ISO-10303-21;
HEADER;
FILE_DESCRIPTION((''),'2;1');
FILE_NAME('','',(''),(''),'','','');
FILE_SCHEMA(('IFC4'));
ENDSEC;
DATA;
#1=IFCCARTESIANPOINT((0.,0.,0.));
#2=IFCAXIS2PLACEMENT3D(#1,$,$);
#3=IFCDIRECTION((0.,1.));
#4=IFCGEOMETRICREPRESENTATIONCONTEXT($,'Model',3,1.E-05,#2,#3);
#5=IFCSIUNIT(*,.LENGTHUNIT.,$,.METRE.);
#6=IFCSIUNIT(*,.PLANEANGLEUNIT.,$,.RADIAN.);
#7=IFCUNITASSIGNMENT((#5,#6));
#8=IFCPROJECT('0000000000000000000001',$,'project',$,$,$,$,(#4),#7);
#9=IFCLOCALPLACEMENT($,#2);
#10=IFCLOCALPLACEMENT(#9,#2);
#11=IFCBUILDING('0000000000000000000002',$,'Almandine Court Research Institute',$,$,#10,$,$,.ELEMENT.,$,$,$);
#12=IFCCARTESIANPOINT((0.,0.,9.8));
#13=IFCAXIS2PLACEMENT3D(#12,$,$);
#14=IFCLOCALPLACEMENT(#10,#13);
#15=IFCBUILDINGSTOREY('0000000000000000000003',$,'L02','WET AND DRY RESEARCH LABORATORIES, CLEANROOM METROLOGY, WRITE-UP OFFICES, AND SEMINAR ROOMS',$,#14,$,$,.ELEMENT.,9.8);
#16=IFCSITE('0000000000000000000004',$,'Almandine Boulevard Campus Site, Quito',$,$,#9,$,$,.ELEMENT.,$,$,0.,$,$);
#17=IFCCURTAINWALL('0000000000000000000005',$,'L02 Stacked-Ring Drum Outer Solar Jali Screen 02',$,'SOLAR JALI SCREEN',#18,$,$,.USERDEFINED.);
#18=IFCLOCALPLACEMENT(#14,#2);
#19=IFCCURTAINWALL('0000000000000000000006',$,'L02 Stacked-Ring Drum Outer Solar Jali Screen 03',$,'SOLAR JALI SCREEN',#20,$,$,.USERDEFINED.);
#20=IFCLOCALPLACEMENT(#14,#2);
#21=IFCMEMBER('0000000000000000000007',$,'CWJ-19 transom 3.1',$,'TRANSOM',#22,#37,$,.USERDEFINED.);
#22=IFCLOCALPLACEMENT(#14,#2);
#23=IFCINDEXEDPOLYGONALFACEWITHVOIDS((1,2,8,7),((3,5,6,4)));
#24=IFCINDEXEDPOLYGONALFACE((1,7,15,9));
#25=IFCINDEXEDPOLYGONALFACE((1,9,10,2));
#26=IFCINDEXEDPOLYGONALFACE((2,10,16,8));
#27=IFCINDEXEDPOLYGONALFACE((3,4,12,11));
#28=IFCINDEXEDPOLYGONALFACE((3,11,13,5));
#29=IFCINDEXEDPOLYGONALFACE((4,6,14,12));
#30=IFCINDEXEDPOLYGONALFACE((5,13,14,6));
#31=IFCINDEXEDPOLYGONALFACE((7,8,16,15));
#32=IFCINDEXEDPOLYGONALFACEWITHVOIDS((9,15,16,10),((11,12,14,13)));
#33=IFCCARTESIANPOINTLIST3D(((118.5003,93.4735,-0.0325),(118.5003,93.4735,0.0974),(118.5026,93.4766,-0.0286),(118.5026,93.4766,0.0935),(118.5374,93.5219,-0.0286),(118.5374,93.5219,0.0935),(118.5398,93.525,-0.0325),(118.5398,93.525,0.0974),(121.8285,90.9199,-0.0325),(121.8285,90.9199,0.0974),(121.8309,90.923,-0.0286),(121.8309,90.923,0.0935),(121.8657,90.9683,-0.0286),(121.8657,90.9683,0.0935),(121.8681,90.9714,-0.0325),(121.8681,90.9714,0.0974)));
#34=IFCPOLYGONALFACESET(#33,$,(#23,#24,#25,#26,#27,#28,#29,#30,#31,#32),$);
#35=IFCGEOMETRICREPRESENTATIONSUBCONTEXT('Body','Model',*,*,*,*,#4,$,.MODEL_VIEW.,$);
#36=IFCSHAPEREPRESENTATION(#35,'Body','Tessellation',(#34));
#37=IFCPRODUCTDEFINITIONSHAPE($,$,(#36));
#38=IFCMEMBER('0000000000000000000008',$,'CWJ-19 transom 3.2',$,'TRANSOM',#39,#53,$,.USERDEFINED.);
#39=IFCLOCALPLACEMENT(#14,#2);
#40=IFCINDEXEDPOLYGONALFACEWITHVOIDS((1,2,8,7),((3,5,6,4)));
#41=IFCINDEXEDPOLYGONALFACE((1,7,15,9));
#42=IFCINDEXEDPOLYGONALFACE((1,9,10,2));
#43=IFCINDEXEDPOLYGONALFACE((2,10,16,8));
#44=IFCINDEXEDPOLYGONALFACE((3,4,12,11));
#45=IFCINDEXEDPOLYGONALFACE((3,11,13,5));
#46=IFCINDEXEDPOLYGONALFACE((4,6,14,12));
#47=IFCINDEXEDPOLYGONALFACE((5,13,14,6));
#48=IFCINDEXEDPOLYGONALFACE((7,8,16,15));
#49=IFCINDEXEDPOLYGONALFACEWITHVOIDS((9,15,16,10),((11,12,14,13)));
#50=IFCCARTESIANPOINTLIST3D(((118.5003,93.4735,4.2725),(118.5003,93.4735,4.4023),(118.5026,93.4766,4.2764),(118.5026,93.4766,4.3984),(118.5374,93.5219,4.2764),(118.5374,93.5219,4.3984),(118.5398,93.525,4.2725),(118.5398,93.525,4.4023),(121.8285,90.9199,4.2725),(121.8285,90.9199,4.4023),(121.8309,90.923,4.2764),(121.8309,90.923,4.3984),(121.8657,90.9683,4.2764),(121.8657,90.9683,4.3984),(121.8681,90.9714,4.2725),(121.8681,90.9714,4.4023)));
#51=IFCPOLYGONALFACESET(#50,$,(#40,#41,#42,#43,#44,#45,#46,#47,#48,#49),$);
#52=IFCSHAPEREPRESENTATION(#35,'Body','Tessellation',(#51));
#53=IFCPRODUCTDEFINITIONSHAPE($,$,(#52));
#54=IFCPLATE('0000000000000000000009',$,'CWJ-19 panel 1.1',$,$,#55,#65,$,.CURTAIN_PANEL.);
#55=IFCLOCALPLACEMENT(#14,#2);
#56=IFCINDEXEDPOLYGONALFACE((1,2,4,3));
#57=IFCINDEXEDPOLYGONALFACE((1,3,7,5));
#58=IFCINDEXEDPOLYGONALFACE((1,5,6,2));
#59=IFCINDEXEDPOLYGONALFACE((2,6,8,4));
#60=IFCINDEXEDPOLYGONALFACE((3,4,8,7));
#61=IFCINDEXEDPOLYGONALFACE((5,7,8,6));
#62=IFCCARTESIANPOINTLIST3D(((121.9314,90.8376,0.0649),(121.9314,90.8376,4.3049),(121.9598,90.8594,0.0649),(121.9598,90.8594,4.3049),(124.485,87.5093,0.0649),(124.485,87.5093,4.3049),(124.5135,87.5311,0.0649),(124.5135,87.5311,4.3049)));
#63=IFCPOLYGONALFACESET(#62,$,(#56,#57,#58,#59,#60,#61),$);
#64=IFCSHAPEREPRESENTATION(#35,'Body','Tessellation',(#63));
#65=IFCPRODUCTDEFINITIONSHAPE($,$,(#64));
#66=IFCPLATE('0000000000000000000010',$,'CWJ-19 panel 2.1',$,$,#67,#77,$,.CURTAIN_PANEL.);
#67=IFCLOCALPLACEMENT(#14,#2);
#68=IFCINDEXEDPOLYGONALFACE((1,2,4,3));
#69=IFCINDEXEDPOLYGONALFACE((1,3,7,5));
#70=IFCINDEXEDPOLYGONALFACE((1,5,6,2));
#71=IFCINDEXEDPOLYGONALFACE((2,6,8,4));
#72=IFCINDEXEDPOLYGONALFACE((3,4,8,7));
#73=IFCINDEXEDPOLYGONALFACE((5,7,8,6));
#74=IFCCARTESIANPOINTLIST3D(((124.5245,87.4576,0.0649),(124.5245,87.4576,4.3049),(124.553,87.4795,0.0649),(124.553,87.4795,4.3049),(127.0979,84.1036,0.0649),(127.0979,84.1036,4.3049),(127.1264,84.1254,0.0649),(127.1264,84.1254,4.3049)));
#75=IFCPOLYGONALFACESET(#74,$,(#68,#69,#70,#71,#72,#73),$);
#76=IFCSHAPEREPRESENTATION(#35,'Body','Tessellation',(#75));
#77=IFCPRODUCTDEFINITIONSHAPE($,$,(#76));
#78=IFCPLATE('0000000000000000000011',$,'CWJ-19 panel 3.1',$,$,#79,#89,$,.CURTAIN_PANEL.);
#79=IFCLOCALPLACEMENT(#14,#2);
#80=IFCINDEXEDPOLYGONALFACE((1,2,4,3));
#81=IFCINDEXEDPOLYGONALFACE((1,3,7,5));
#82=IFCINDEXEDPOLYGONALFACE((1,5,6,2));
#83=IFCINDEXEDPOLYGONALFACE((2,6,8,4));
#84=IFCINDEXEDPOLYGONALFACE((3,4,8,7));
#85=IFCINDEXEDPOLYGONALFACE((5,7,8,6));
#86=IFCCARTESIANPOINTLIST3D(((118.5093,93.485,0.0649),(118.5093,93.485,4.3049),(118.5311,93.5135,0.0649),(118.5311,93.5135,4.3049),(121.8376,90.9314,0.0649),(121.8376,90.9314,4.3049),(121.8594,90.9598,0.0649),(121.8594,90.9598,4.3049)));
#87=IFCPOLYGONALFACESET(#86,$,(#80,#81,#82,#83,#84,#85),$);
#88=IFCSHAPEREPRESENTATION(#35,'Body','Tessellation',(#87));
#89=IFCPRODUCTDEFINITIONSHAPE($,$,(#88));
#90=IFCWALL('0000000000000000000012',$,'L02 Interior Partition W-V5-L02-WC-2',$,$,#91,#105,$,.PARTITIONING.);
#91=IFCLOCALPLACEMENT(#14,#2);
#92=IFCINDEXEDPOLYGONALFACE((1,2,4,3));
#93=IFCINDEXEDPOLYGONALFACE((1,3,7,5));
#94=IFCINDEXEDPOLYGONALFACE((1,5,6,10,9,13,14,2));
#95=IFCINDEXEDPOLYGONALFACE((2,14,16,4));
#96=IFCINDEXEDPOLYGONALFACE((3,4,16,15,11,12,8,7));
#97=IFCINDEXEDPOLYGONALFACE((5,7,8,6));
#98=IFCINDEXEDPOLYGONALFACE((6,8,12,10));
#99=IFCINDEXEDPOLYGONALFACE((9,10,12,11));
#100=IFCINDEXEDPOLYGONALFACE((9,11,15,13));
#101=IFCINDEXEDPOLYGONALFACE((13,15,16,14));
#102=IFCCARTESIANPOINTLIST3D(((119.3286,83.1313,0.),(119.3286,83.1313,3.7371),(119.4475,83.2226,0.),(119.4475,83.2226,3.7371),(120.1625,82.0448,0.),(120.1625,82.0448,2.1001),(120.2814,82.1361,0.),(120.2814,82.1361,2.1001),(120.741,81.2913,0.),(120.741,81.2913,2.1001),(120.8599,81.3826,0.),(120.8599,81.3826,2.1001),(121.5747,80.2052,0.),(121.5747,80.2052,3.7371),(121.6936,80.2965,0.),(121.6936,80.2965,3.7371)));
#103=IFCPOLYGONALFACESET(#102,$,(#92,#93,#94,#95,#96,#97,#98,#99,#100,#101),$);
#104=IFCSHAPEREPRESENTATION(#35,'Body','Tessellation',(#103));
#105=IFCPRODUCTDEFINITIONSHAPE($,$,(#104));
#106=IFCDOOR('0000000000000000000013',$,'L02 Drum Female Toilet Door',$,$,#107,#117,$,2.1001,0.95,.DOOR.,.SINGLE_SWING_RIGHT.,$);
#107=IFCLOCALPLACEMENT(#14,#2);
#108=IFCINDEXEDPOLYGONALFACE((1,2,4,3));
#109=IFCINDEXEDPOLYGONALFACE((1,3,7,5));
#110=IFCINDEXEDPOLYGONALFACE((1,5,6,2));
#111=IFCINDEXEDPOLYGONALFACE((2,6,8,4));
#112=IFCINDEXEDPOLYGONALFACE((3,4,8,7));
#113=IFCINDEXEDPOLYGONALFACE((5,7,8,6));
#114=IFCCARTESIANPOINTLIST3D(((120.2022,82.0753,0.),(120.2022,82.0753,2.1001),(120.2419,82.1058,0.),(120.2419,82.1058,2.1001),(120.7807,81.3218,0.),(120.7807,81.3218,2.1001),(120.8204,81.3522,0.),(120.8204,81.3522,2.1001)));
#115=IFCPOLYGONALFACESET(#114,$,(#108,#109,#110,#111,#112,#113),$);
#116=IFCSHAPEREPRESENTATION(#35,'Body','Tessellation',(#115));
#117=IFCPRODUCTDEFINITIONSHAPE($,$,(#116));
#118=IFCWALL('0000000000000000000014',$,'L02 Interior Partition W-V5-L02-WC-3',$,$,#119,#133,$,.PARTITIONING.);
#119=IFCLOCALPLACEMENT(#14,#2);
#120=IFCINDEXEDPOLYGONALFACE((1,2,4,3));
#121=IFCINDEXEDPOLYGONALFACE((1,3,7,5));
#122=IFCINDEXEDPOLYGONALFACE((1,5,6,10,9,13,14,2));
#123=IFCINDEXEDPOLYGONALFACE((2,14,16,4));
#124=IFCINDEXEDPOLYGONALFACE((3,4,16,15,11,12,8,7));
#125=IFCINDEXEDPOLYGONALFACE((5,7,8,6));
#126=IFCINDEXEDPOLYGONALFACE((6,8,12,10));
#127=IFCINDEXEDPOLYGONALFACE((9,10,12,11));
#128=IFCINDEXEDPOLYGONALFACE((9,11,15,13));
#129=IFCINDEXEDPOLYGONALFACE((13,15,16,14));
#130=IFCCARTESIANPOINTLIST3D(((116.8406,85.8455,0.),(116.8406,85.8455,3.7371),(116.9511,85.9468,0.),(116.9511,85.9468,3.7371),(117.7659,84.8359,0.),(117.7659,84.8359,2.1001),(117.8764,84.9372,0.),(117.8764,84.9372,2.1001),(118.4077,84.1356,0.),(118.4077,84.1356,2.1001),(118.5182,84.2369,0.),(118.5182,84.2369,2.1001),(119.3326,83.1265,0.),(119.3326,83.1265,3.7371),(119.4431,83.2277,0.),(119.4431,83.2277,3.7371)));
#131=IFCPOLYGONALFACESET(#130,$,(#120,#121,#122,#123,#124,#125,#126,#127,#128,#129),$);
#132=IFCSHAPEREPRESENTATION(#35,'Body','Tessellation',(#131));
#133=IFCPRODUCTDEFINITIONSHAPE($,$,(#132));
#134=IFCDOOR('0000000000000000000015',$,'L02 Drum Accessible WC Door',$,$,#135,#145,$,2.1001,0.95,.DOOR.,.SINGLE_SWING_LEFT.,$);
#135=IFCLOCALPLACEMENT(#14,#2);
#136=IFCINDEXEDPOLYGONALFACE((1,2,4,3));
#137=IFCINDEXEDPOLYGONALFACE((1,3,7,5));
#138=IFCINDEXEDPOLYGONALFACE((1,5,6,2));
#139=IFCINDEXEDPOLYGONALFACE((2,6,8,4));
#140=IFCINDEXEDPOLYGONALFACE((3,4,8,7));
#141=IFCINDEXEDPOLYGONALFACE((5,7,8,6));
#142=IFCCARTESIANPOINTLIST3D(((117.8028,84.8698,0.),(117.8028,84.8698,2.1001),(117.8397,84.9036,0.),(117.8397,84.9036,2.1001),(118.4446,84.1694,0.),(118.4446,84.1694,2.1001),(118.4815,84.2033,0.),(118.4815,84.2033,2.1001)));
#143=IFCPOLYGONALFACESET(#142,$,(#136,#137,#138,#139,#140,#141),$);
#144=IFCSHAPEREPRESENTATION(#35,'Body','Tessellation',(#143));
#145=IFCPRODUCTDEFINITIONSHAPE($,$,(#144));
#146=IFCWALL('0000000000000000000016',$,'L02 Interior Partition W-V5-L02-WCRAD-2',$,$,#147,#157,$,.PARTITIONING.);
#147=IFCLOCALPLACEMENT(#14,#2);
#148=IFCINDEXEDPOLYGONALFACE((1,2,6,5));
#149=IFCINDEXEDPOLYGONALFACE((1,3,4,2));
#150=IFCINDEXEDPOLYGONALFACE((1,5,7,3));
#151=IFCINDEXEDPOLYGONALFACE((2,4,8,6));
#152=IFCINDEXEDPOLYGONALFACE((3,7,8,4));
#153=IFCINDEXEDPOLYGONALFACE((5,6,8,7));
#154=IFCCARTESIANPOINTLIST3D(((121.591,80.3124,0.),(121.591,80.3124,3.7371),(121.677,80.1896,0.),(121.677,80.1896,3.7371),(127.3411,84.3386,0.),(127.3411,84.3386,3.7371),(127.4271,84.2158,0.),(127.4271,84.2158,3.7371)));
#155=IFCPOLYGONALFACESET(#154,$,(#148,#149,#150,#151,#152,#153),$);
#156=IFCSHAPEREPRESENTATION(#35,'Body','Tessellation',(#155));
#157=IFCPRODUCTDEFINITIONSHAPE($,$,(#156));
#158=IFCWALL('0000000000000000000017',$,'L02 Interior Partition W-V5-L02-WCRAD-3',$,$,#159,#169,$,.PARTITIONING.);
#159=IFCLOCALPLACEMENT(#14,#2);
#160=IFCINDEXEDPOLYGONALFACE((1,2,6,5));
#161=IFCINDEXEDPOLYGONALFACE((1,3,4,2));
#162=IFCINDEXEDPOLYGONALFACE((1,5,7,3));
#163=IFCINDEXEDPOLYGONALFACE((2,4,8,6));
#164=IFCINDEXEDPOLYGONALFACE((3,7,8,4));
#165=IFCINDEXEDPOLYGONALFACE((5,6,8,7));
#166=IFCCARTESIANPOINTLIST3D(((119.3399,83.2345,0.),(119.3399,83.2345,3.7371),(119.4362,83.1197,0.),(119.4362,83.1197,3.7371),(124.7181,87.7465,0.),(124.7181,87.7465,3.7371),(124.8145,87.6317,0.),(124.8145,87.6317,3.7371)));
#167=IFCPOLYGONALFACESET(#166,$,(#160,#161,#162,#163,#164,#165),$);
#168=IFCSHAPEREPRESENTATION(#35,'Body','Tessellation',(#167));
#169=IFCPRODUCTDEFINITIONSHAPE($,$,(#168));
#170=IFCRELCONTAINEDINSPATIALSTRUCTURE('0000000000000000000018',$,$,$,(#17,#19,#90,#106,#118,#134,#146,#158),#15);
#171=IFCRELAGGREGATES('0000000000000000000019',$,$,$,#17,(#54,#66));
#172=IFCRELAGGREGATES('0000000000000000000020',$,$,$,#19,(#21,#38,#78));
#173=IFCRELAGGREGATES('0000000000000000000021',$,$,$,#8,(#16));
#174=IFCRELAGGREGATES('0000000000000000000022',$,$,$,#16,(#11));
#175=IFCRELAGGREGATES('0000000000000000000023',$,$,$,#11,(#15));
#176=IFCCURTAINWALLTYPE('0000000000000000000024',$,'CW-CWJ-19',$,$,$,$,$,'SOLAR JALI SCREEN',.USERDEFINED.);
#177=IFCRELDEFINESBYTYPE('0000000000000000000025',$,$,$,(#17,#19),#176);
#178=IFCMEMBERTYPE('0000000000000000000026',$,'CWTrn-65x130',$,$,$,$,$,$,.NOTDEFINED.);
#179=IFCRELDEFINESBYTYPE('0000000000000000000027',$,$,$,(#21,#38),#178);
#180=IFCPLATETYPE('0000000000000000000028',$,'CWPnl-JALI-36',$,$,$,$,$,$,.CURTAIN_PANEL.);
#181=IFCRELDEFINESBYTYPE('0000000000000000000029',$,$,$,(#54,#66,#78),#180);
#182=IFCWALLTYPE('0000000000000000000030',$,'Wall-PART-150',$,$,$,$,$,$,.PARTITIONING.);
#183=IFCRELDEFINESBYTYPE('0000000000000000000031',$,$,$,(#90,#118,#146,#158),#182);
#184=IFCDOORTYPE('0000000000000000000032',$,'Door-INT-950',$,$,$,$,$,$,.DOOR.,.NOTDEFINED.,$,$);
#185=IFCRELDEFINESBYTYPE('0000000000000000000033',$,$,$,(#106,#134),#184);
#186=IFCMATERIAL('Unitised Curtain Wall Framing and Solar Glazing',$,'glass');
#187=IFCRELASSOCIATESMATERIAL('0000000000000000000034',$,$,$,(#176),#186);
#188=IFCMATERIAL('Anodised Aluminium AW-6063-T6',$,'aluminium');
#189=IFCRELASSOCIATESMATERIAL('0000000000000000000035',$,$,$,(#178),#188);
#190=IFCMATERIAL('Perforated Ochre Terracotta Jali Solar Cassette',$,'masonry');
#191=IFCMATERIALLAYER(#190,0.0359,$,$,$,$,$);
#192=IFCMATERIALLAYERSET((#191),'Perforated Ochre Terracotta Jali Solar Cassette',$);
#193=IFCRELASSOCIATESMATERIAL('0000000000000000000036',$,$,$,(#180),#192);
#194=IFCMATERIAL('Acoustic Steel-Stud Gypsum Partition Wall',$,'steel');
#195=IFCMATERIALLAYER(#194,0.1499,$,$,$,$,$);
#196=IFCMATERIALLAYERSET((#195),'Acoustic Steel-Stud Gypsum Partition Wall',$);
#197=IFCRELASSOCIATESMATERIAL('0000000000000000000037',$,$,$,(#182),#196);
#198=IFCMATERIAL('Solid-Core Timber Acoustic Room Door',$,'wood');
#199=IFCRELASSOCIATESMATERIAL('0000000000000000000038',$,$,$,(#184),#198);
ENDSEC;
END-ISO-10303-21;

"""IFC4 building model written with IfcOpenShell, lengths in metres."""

from ifc_helpers import new_model, si_unit, direction, frame, frame_2d, origin, origin_2d, place, context, subcontext, project, spatial, rectangle, hollow_rectangle, extrude, material, layer, layer_set, material_profile, profile_set, type_object, element, fill, aggregate, save


model = new_model("IFC4")

# Units and contexts
model_context = context("Model", 3, precision=1e-05, world=origin(), true_north=direction((0.0, 1.0)))
body_context = subcontext(model_context, "Body", "Model", "MODEL_VIEW")
ifc_project = project(units=[si_unit("LENGTHUNIT", "METRE"), si_unit("PLANEANGLEUNIT", "RADIAN")], contexts=[model_context])

# Site, building, storey
site_placement = place(None, origin())
site = spatial("IfcSite", under=ifc_project, at=site_placement, Name="Almandine Boulevard Campus Site, Quito", CompositionType="ELEMENT", RefElevation=0.0)
building_placement = place(site_placement, origin())
building = spatial("IfcBuilding", under=site, at=building_placement, Name="Almandine Court Research Institute", CompositionType="ELEMENT")
storey_placement = place(building_placement, frame((0.0, 0.0, 9.8)))
storey = spatial("IfcBuildingStorey", under=building, at=storey_placement, Name="L02", Description="WET AND DRY RESEARCH LABORATORIES, CLEANROOM METROLOGY, WRITE-UP OFFICES, AND SEMINAR ROOMS", CompositionType="ELEMENT", Elevation=9.8)

# Curtain walls
ifc_material_1 = material(Name="Unitised Curtain Wall Framing and Solar Glazing", Category="glass")
curtain_wall_type = type_object("IfcCurtainWallType", Name="CW-CWJ-19", ElementType="SOLAR JALI SCREEN", PredefinedType="USERDEFINED", material=ifc_material_1)
curtain_wall_1_placement = place(storey_placement, origin())
curtain_wall_1 = element("IfcCurtainWall", 1, at=curtain_wall_1_placement, inside=storey, type_object=curtain_wall_type, Name="L02 Stacked-Ring Drum Outer Solar Jali Screen 02", ObjectType="SOLAR JALI SCREEN", PredefinedType="USERDEFINED")
ifc_material_2 = material(Name="Anodised Aluminium AW-6063-T6", Category="aluminium")
curtain_wall_2_placement = place(storey_placement, origin())
curtain_wall_2 = element("IfcCurtainWall", 2, at=curtain_wall_2_placement, inside=storey, type_object=curtain_wall_type, Name="L02 Stacked-Ring Drum Outer Solar Jali Screen 03", ObjectType="SOLAR JALI SCREEN", PredefinedType="USERDEFINED")

# Members
ifc_material_profile_1 = material_profile(ifc_material_2, hollow_rectangle(XDim=0.0649, YDim=0.1299, WallThickness=0.0039, at=origin_2d()), Name="ALU RHS 65x130x4")
ifc_profile_set_1 = profile_set([ifc_material_profile_1], Name="Anodised Aluminium AW-6063-T6")
member_type_1 = type_object("IfcMemberType", Name="CWTrn-65x130", PredefinedType="NOTDEFINED", material=ifc_profile_set_1)
member_1_placement = place(storey_placement, frame((118.52, 93.4993, 0.0325), z_axis=(0.793381, -0.608726, 0.0), x_axis=(0.608726, 0.793381, 0.0)))
member_1 = element("IfcMember", 3, at=member_1_placement, type_object=member_type_1, Name="CWJ-19 transom 3.1", ObjectType="TRANSOM", PredefinedType="USERDEFINED", context=body_context, shape_type="SweptSolid", body=[
    extrude(hollow_rectangle(XDim=0.0649, YDim=0.1299, WallThickness=0.0039, at=origin_2d()), origin(), (0.0, 0.0, 1.0), 4.1951),
])
member_2_placement = place(storey_placement, frame((118.52, 93.4993, 4.3374), z_axis=(0.793381, -0.608726, 0.0), x_axis=(0.608726, 0.793381, 0.0)))
member_2 = element("IfcMember", 4, at=member_2_placement, type_object=member_type_1, Name="CWJ-19 transom 3.2", ObjectType="TRANSOM", PredefinedType="USERDEFINED", context=body_context, shape_type="SweptSolid", body=[
    extrude(hollow_rectangle(XDim=0.0649, YDim=0.1299, WallThickness=0.0039, at=origin_2d()), origin(), (0.0, 0.0, 1.0), 4.1951),
])

# Plates
ifc_material_3 = material(Name="Perforated Ochre Terracotta Jali Solar Cassette", Category="masonry")
ifc_layer_1 = layer(ifc_material_3, 0.0359)
ifc_layer_set_1 = layer_set([ifc_layer_1], Name="Perforated Ochre Terracotta Jali Solar Cassette")
plate_type = type_object("IfcPlateType", Name="CWPnl-JALI-36", PredefinedType="CURTAIN_PANEL", material=ifc_layer_set_1)
plate_1_placement = place(storey_placement, frame((123.2224, 89.1843, 0.0649), z_axis=(0.0, 0.0, 1.0), x_axis=(0.608723, -0.793383, 0.0)))
plate_1 = element("IfcPlate", 5, at=plate_1_placement, type_object=plate_type, Name="CWJ-19 panel 1.1", PredefinedType="CURTAIN_PANEL", context=body_context, shape_type="SweptSolid", body=[
    extrude(rectangle(XDim=4.1951, YDim=0.0359, at=origin_2d()), origin(), (0.0, 0.0, 1.0), 4.24),
])
plate_2_placement = place(storey_placement, frame((125.8254, 85.7915, 0.0649), z_axis=(0.0, 0.0, 1.0), x_axis=(0.608723, -0.793383, 0.0)))
plate_2 = element("IfcPlate", 6, at=plate_2_placement, type_object=plate_type, Name="CWJ-19 panel 2.1", PredefinedType="CURTAIN_PANEL", context=body_context, shape_type="SweptSolid", body=[
    extrude(rectangle(XDim=4.2275, YDim=0.0359, at=origin_2d()), origin(), (0.0, 0.0, 1.0), 4.24),
])
aggregate(curtain_wall_1, [plate_1, plate_2])
plate_3_placement = place(storey_placement, frame((120.1843, 92.2224, 0.0649), z_axis=(0.0, 0.0, 1.0), x_axis=(0.793383, -0.608723, 0.0)))
plate_3 = element("IfcPlate", 7, at=plate_3_placement, type_object=plate_type, Name="CWJ-19 panel 3.1", PredefinedType="CURTAIN_PANEL", context=body_context, shape_type="SweptSolid", body=[
    extrude(rectangle(XDim=4.1951, YDim=0.0359, at=origin_2d()), origin(), (0.0, 0.0, 1.0), 4.24),
])
aggregate(curtain_wall_2, [member_1, member_2, plate_3])

# Walls, openings, doors
ifc_material_4 = material(Name="Acoustic Steel-Stud Gypsum Partition Wall", Category="steel")
ifc_layer_2 = layer(ifc_material_4, 0.1499)
ifc_layer_set_2 = layer_set([ifc_layer_2], Name="Acoustic Steel-Stud Gypsum Partition Wall")
wall_type = type_object("IfcWallType", Name="Wall-PART-150", PredefinedType="PARTITIONING", material=ifc_layer_set_2)
wall_1_placement = place(storey_placement, frame((121.634, 80.251, 0.0), z_axis=(0.0, 0.0, 1.0), x_axis=(-0.608911, 0.793239, 0.0)))
wall_1 = element("IfcWall", 8, at=wall_1_placement, inside=storey, type_object=wall_type, Name="L02 Interior Partition W-V5-L02-WC-2", PredefinedType="PARTITIONING", context=body_context, shape_type="SweptSolid", body=[
    extrude(rectangle(XDim=3.6887, YDim=0.1499, at=frame_2d((1.8442, 0.0))), origin(), (0.0, 0.0, 1.0), 3.7371),
])
opening_1_placement = place(wall_1_placement, frame((1.3689, 0.0, 0.0)))
opening_1 = element("IfcOpeningElement", 9, at=opening_1_placement, cuts=wall_1, PredefinedType="OPENING", context=body_context, shape_type="SweptSolid", body=[
    extrude(rectangle(XDim=0.95, YDim=2.1001, at=frame_2d((0.4751, 1.05))), frame((0.0, 0.085, 0.0), z_axis=(0.0, -1.0, 0.0), x_axis=(1.0, 0.0, 0.0)), (0.0, 0.0, 1.0), 0.1699),
])
ifc_material_5 = material(Name="Solid-Core Timber Acoustic Room Door", Category="wood")
door_type_1 = type_object("IfcDoorType", Name="Door-INT-950", OperationType="NOTDEFINED", PredefinedType="DOOR", material=ifc_material_5)
door_1_placement = place(opening_1_placement, origin())
door_1 = element("IfcDoor", 10, at=door_1_placement, inside=storey, type_object=door_type_1, Name="L02 Drum Female Toilet Door", OperationType="SINGLE_SWING_RIGHT", OverallHeight=2.1001, OverallWidth=0.95, PredefinedType="DOOR", context=body_context, shape_type="SweptSolid", body=[
    extrude(rectangle(XDim=0.95, YDim=2.1001, at=frame_2d((0.4751, 1.05))), frame((0.0, 0.0249, 0.0), z_axis=(0.0, -1.0, 0.0), x_axis=(1.0, 0.0, 0.0)), (0.0, 0.0, 1.0), 0.05),
])
fill(opening_1, door_1)
wall_2_placement = place(storey_placement, frame((119.3879, 83.177, 0.0), z_axis=(0.0, 0.0, 1.0), x_axis=(-0.675656, 0.737217, 0.0)))
wall_2 = element("IfcWall", 11, at=wall_2_placement, inside=storey, type_object=wall_type, Name="L02 Interior Partition W-V5-L02-WC-3", PredefinedType="PARTITIONING", context=body_context, shape_type="SweptSolid", body=[
    extrude(rectangle(XDim=3.6882, YDim=0.1499, at=frame_2d((1.8442, 0.0))), origin(), (0.0, 0.0, 1.0), 3.7371),
])
opening_2_placement = place(wall_2_placement, frame((1.3689, 0.0, 0.0)))
opening_2 = element("IfcOpeningElement", 12, at=opening_2_placement, cuts=wall_2, PredefinedType="OPENING", context=body_context, shape_type="SweptSolid", body=[
    extrude(rectangle(XDim=0.95, YDim=2.1001, at=frame_2d((0.4751, 1.05))), frame((0.0, 0.085, 0.0), z_axis=(0.0, -1.0, 0.0), x_axis=(1.0, 0.0, 0.0)), (0.0, 0.0, 1.0), 0.1699),
])
door_2_placement = place(opening_2_placement, origin())
door_2 = element("IfcDoor", 13, at=door_2_placement, inside=storey, type_object=door_type_1, Name="L02 Drum Accessible WC Door", OperationType="SINGLE_SWING_LEFT", OverallHeight=2.1001, OverallWidth=0.95, PredefinedType="DOOR", context=body_context, shape_type="SweptSolid", body=[
    extrude(rectangle(XDim=0.95, YDim=2.1001, at=frame_2d((0.4751, 1.05))), frame((0.0, 0.0249, 0.0), z_axis=(0.0, -1.0, 0.0), x_axis=(1.0, 0.0, 0.0)), (0.0, 0.0, 1.0), 0.05),
])
fill(opening_2, door_2)

# Walls
wall_3_placement = place(storey_placement, frame((121.634, 80.251, 0.0), z_axis=(0.0, 0.0, 1.0), x_axis=(0.819157, 0.57357, 0.0)))
element("IfcWall", 14, at=wall_3_placement, inside=storey, type_object=wall_type, Name="L02 Interior Partition W-V5-L02-WCRAD-2", PredefinedType="PARTITIONING", context=body_context, shape_type="SweptSolid", body=[
    extrude(rectangle(XDim=7.0195, YDim=0.1499, at=frame_2d((3.5098, 0.0))), origin(), (0.0, 0.0, 1.0), 3.7371),
])
wall_4_placement = place(storey_placement, frame((119.3879, 83.177, 0.0), z_axis=(0.0, 0.0, 1.0), x_axis=(0.766105, 0.642716, 0.0)))
element("IfcWall", 15, at=wall_4_placement, inside=storey, type_object=wall_type, Name="L02 Interior Partition W-V5-L02-WCRAD-3", PredefinedType="PARTITIONING", context=body_context, shape_type="SweptSolid", body=[
    extrude(rectangle(XDim=7.0203, YDim=0.1499, at=frame_2d((3.5103, 0.0))), origin(), (0.0, 0.0, 1.0), 3.7371),
])

save(model, "model.ifc")
